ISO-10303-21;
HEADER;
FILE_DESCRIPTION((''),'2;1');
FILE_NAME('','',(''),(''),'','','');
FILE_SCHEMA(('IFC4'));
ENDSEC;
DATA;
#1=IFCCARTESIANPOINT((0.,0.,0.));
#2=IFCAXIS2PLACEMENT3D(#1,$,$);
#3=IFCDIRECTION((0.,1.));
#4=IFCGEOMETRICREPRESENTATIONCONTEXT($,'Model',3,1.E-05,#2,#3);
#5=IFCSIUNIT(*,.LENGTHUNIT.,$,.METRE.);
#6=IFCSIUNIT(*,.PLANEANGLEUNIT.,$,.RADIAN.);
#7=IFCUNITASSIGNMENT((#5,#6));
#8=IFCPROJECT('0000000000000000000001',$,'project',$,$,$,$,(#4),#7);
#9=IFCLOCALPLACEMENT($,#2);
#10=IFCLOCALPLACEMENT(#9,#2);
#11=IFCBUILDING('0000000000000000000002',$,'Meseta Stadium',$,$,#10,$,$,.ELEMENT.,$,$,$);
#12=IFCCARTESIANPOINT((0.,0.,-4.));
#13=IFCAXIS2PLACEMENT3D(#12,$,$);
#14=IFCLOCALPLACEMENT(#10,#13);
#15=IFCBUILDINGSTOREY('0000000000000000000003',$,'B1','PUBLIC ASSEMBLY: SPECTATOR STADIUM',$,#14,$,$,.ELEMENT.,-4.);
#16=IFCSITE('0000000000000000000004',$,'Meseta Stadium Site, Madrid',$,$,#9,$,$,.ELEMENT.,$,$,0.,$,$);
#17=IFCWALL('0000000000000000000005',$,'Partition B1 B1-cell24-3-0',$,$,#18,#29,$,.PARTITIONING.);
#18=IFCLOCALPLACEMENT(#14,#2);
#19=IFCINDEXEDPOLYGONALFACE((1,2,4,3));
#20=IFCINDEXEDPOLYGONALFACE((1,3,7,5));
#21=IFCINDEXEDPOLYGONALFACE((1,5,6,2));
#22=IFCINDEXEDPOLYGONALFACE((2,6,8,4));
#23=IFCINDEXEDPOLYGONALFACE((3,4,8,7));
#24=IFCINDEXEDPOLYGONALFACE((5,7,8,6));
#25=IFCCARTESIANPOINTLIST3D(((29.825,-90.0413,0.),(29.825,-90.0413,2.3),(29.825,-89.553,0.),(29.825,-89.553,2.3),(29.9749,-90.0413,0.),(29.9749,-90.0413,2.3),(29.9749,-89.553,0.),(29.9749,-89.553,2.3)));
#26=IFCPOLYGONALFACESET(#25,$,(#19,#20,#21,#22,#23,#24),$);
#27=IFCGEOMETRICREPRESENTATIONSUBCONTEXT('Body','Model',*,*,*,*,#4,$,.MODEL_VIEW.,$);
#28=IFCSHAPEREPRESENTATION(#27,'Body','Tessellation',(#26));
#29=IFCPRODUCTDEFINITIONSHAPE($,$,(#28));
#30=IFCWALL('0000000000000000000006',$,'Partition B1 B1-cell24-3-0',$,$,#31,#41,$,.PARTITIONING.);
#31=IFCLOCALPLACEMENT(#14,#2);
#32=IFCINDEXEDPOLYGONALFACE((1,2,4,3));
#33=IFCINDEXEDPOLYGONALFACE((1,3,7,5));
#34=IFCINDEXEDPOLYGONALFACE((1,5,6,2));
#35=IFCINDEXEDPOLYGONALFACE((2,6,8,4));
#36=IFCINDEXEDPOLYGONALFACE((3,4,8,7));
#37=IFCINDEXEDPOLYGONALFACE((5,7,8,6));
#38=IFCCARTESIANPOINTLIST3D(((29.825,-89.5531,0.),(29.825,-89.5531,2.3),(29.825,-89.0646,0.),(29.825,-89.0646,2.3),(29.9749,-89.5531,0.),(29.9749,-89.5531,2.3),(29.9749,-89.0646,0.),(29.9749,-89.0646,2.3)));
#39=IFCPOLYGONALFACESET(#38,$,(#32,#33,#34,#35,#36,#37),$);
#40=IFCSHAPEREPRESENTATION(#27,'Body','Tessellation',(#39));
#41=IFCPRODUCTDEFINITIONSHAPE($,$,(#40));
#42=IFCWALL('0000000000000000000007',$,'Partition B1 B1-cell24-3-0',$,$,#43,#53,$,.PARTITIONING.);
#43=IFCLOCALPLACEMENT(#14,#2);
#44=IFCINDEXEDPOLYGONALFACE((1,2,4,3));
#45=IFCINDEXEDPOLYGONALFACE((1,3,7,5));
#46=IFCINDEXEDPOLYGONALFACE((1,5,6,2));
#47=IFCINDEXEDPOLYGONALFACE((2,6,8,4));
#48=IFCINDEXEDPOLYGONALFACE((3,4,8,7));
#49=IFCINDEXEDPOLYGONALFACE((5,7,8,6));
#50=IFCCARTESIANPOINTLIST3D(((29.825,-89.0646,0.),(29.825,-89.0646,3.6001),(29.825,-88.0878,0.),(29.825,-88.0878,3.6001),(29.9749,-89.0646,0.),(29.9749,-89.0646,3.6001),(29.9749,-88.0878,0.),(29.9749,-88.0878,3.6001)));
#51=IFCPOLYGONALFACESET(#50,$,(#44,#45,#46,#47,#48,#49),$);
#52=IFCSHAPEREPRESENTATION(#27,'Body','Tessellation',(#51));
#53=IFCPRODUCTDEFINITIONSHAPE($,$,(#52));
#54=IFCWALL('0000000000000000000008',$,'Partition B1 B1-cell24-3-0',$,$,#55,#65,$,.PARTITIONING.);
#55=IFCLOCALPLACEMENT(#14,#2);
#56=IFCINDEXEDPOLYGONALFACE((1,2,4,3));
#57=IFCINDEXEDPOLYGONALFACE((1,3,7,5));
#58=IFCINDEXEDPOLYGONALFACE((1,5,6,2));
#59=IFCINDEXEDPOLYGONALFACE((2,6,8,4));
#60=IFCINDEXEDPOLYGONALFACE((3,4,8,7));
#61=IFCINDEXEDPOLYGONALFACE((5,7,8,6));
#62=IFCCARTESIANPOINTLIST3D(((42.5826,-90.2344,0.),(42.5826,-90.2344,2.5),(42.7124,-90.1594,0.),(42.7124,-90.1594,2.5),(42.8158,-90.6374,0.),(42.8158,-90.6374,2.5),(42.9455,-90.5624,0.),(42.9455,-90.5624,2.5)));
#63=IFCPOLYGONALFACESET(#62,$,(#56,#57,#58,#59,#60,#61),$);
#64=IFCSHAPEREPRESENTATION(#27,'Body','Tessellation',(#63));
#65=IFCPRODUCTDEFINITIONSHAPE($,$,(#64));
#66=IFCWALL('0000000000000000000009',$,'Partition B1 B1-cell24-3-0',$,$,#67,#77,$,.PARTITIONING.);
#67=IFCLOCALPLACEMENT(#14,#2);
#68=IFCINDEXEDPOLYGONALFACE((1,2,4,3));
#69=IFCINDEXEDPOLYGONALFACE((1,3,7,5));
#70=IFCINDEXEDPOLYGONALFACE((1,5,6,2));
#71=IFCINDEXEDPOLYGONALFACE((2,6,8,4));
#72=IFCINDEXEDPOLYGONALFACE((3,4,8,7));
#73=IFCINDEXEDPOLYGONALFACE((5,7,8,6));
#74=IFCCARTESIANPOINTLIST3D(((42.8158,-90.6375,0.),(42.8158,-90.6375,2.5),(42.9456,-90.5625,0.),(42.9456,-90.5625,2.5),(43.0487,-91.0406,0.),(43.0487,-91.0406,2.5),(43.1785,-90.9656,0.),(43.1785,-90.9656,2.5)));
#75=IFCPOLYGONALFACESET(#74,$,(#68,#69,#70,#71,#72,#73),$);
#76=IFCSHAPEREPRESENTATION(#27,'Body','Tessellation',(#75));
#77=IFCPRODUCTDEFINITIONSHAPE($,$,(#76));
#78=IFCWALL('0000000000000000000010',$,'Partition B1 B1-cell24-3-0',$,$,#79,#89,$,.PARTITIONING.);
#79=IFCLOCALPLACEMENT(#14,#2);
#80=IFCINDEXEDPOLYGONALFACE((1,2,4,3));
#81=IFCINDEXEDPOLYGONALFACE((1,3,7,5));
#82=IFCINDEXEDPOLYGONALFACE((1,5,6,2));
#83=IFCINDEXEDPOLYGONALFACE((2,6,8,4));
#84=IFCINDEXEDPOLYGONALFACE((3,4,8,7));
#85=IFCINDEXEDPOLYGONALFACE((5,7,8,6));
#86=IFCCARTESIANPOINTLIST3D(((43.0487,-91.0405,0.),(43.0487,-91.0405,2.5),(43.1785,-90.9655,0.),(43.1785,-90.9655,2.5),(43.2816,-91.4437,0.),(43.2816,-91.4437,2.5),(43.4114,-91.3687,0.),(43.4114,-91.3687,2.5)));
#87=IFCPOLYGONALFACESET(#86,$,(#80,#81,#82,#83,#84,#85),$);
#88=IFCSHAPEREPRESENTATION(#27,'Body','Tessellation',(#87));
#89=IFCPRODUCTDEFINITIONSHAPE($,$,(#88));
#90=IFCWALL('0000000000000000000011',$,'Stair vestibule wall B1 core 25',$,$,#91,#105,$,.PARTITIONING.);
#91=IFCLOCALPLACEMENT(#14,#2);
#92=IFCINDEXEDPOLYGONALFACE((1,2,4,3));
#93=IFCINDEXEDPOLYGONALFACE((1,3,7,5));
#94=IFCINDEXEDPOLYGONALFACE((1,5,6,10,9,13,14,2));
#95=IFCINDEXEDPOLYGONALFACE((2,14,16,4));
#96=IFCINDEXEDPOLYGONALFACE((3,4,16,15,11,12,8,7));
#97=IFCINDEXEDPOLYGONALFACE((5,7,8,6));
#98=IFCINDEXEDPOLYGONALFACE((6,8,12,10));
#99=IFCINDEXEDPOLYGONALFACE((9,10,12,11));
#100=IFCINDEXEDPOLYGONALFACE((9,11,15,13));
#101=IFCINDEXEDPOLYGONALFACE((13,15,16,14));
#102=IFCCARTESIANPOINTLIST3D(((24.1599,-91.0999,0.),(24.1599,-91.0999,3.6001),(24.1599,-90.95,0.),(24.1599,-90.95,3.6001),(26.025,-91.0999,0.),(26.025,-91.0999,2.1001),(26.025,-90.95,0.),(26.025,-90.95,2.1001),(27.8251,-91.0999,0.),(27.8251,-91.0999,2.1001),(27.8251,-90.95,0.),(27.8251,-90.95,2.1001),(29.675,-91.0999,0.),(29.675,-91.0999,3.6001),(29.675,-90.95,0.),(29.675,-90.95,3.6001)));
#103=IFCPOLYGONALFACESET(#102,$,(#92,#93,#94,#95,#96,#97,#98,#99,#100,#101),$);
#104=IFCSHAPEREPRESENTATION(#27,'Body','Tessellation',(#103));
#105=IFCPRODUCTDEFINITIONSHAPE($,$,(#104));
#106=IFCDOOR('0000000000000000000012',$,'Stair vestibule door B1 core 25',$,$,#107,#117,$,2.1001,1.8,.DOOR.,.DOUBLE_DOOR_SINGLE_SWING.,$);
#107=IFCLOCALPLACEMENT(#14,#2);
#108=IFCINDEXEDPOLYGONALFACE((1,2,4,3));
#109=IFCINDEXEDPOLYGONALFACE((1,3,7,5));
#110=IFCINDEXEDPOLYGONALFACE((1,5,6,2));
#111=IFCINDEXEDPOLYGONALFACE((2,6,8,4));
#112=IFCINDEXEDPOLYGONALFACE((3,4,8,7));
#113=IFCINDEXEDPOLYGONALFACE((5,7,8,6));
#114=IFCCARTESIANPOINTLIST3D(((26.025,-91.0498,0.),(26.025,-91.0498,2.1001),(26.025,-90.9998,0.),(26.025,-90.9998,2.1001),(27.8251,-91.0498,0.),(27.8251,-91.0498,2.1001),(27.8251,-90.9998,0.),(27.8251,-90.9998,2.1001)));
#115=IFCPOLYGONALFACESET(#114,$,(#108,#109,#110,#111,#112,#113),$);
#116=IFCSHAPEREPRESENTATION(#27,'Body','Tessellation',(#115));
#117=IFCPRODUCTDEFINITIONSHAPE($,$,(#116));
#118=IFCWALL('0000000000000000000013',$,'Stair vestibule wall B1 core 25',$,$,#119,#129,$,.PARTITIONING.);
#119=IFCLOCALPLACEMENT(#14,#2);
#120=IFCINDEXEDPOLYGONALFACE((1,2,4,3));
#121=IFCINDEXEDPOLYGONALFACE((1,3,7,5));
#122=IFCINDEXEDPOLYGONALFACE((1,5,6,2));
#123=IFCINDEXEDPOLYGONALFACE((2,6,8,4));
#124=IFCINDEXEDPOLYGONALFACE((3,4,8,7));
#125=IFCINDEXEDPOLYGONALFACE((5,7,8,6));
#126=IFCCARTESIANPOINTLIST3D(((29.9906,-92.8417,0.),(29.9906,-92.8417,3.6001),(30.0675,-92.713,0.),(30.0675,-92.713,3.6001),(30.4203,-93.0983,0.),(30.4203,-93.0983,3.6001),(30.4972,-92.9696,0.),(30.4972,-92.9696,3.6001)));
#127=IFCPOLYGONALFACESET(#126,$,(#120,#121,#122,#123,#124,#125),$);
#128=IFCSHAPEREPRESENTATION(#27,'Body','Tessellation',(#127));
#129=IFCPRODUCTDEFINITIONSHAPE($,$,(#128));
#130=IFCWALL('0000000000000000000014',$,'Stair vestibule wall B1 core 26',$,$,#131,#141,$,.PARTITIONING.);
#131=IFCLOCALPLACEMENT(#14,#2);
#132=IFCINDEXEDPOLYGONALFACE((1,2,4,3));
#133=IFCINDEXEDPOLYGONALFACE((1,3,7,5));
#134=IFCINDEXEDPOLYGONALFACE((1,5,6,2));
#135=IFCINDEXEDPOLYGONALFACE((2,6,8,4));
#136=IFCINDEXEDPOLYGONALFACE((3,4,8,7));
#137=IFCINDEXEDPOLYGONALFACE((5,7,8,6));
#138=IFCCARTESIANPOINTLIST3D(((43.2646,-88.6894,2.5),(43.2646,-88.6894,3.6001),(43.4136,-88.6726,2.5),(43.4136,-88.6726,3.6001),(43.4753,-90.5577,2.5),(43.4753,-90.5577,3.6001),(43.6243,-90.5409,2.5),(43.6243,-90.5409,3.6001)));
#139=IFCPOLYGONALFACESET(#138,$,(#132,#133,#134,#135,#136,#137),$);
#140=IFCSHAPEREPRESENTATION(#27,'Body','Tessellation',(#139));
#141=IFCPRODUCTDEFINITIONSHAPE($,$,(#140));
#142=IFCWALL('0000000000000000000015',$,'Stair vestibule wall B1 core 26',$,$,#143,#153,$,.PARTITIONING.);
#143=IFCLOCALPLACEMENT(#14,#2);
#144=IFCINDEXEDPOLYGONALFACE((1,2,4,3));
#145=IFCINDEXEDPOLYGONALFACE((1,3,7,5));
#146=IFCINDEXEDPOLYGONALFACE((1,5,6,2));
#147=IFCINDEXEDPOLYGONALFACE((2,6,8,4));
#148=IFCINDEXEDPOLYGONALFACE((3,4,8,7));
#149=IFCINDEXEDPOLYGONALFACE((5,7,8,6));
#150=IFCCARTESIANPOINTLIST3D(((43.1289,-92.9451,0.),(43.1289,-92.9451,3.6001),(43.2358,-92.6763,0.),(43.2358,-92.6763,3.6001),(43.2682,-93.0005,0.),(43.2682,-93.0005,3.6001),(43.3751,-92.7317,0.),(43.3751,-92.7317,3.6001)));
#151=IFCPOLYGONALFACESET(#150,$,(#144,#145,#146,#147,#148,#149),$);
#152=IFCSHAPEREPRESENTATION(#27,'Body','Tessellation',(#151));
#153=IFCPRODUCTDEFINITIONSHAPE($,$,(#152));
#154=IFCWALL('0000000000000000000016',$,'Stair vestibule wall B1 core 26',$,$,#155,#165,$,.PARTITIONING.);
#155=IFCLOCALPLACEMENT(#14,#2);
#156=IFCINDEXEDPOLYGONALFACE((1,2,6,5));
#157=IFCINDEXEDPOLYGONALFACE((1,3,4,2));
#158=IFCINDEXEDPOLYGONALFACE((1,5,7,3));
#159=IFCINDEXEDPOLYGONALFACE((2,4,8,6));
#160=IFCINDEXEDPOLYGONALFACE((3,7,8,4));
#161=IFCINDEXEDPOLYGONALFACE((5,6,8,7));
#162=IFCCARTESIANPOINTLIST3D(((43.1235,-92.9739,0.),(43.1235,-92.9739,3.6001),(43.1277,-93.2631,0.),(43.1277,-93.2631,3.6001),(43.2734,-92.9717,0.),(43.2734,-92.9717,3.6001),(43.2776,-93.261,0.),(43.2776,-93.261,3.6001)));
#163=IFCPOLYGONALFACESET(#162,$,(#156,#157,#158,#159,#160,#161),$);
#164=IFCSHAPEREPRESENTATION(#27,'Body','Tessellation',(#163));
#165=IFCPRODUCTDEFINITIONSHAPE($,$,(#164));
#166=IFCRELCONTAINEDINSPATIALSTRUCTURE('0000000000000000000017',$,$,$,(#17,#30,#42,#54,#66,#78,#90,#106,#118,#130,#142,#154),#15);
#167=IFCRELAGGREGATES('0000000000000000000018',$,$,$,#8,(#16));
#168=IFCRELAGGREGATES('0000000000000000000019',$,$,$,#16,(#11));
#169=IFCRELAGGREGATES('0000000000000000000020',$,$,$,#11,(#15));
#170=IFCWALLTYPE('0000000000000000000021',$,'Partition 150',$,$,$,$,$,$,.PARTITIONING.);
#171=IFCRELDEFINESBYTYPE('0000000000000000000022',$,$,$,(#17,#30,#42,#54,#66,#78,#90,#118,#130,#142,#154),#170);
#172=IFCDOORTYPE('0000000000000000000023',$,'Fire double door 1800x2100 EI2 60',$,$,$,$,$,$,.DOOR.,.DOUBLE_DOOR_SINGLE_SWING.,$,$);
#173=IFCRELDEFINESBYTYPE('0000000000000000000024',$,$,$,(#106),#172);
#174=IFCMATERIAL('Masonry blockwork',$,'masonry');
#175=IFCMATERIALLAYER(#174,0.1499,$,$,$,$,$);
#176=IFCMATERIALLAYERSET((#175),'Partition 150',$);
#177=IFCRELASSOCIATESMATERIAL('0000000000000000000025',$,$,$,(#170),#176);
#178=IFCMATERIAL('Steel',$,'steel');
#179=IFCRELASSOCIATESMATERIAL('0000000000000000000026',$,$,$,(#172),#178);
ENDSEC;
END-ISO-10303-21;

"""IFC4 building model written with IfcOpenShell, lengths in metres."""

from ifc_helpers import new_model, si_unit, direction, frame, frame_2d, origin, place, context, subcontext, project, spatial, rectangle, extrude, material, layer, layer_set, type_object, element, fill, save


model = new_model("IFC4")

# Units and contexts
model_context = context("Model", 3, precision=1e-05, world=origin(), true_north=direction((0.0, 1.0)))
body_context = subcontext(model_context, "Body", "Model", "MODEL_VIEW")
ifc_project = project(units=[si_unit("LENGTHUNIT", "METRE"), si_unit("PLANEANGLEUNIT", "RADIAN")], contexts=[model_context])

# Site, building, storey
site_placement = place(None, origin())
site = spatial("IfcSite", under=ifc_project, at=site_placement, Name="Meseta Stadium Site, Madrid", CompositionType="ELEMENT", RefElevation=0.0)
building_placement = place(site_placement, origin())
building = spatial("IfcBuilding", under=site, at=building_placement, Name="Meseta Stadium", CompositionType="ELEMENT")
storey_placement = place(building_placement, frame((0.0, 0.0, -4.0)))
storey = spatial("IfcBuildingStorey", under=building, at=storey_placement, Name="B1", Description="PUBLIC ASSEMBLY: SPECTATOR STADIUM", CompositionType="ELEMENT", Elevation=-4.0)

# Walls
ifc_material_1 = material(Name="Masonry blockwork", Category="masonry")
ifc_layer = layer(ifc_material_1, 0.1499)
ifc_layer_set = layer_set([ifc_layer], Name="Partition 150")
wall_type = type_object("IfcWallType", Name="Partition 150", PredefinedType="PARTITIONING", material=ifc_layer_set)
wall_1_placement = place(storey_placement, frame((29.8999, -90.0413, 0.0), z_axis=(0.0, 0.0, 1.0), x_axis=(0.0, 1.0, 0.0)))
element("IfcWall", 1, at=wall_1_placement, inside=storey, type_object=wall_type, Name="Partition B1 B1-cell24-3-0", PredefinedType="PARTITIONING", context=body_context, shape_type="SweptSolid", body=[
    extrude(rectangle(XDim=0.4883, YDim=0.1499, at=frame_2d((0.2441, 0.0))), origin(), (0.0, 0.0, 1.0), 2.3),
])
wall_2_placement = place(storey_placement, frame((29.8999, -89.553, 0.0), z_axis=(0.0, 0.0, 1.0), x_axis=(0.0, 1.0, 0.0)))
element("IfcWall", 2, at=wall_2_placement, inside=storey, type_object=wall_type, Name="Partition B1 B1-cell24-3-0", PredefinedType="PARTITIONING", context=body_context, shape_type="SweptSolid", body=[
    extrude(rectangle(XDim=0.4885, YDim=0.1499, at=frame_2d((0.2441, 0.0))), origin(), (0.0, 0.0, 1.0), 2.3),
])
wall_3_placement = place(storey_placement, frame((29.8999, -89.0645, 0.0), z_axis=(0.0, 0.0, 1.0), x_axis=(0.0, 1.0, 0.0)))
element("IfcWall", 3, at=wall_3_placement, inside=storey, type_object=wall_type, Name="Partition B1 B1-cell24-3-0", PredefinedType="PARTITIONING", context=body_context, shape_type="SweptSolid", body=[
    extrude(rectangle(XDim=0.9768, YDim=0.1499, at=frame_2d((0.4883, 0.0))), origin(), (0.0, 0.0, 1.0), 3.6001),
])
for number, where, z_axis, x_axis, name in (
    (4, (42.6475, -90.1968, 0.0), (0.0, 0.0, 1.0), (0.500706, -0.865618, 0.0), "Partition B1 B1-cell24-3-0"),
    (5, (42.8806, -90.5999, 0.0), (0.0, 0.0, 1.0), (0.500313, -0.865845, 0.0), "Partition B1 B1-cell24-3-0"),
    (6, (43.1135, -91.0029, 0.0), (0.0, 0.0, 1.0), (0.500313, -0.865845, 0.0), "Partition B1 B1-cell24-3-0"),
):
    element("IfcWall", number, at=place(storey_placement, frame(where, z_axis=z_axis, x_axis=x_axis)), inside=storey, type_object=wall_type, Name=name, PredefinedType="PARTITIONING", context=body_context, shape_type="SweptSolid", body=[
        extrude(rectangle(XDim=0.4656, YDim=0.1499, at=frame_2d((0.2329, 0.0))), origin(), (0.0, 0.0, 1.0), 2.5),
    ])

# Wall, opening, door
wall_4_placement = place(storey_placement, frame((29.675, -91.0249, 0.0), z_axis=(0.0, 0.0, 1.0), x_axis=(-1.0, 0.0, 0.0)))
wall_4 = element("IfcWall", 7, at=wall_4_placement, inside=storey, type_object=wall_type, Name="Stair vestibule wall B1 core 25", PredefinedType="PARTITIONING", context=body_context, shape_type="SweptSolid", body=[
    extrude(rectangle(XDim=5.5151, YDim=0.1499, at=frame_2d((2.7576, 0.0))), origin(), (0.0, 0.0, 1.0), 3.6001),
])
opening_placement = place(wall_4_placement, frame((1.8501, 0.0, 0.0)))
opening = element("IfcOpeningElement", 8, at=opening_placement, cuts=wall_4, PredefinedType="OPENING", context=body_context, shape_type="SweptSolid", body=[
    extrude(rectangle(XDim=1.8, YDim=2.1001, at=frame_2d((0.8999, 1.05))), frame((0.0, 0.085, 0.0), z_axis=(0.0, -1.0, 0.0), x_axis=(1.0, 0.0, 0.0)), (0.0, 0.0, 1.0), 0.1699),
])
ifc_material_2 = material(Name="Steel", Category="steel")
door_type = type_object("IfcDoorType", Name="Fire double door 1800x2100 EI2 60", OperationType="DOUBLE_DOOR_SINGLE_SWING", PredefinedType="DOOR", material=ifc_material_2)
door_placement = place(opening_placement, origin())
door = element("IfcDoor", 9, at=door_placement, inside=storey, type_object=door_type, Name="Stair vestibule door B1 core 25", OperationType="DOUBLE_DOOR_SINGLE_SWING", OverallHeight=2.1001, OverallWidth=1.8, PredefinedType="DOOR", context=body_context, shape_type="SweptSolid", body=[
    extrude(rectangle(XDim=1.8, YDim=2.1001, at=frame_2d((0.8999, 1.05))), frame((0.0, 0.0249, 0.0), z_axis=(0.0, -1.0, 0.0), x_axis=(1.0, 0.0, 0.0)), (0.0, 0.0, 1.0), 0.05),
])
fill(opening, door)

# Walls
wall_5_placement = place(storey_placement, frame((30.4587, -93.0339, 0.0), z_axis=(0.0, 0.0, 1.0), x_axis=(-0.858567, 0.512701, 0.0)))
element("IfcWall", 10, at=wall_5_placement, inside=storey, type_object=wall_type, Name="Stair vestibule wall B1 core 25", PredefinedType="PARTITIONING", context=body_context, shape_type="SweptSolid", body=[
    extrude(rectangle(XDim=0.5005, YDim=0.1499, at=frame_2d((0.2502, 0.0))), origin(), (0.0, 0.0, 1.0), 3.6001),
])
wall_6_placement = place(storey_placement, frame((43.3391, -88.6812, 2.5), z_axis=(0.0, 0.0, 1.0), x_axis=(0.11207, -0.9937, 0.0)))
element("IfcWall", 11, at=wall_6_placement, inside=storey, type_object=wall_type, Name="Stair vestibule wall B1 core 26", PredefinedType="PARTITIONING", context=body_context, shape_type="SweptSolid", body=[
    extrude(rectangle(XDim=1.8801, YDim=0.1499, at=frame_2d((0.9399, 0.0))), origin(), (0.0, 0.0, 1.0), 1.1001),
])
for number, where, z_axis, x_axis, name in (
    (12, (43.3054, -92.7041, 0.0), (0.0, 0.0, 1.0), (-0.369644, -0.929173, 0.0), "Stair vestibule wall B1 core 26"),
    (13, (43.1985, -92.9729, 0.0), (0.0, 0.0, 1.0), (0.014345, -0.999897, 0.0), "Stair vestibule wall B1 core 26"),
):
    element("IfcWall", number, at=place(storey_placement, frame(where, z_axis=z_axis, x_axis=x_axis)), inside=storey, type_object=wall_type, Name=name, PredefinedType="PARTITIONING", context=body_context, shape_type="SweptSolid", body=[
        extrude(rectangle(XDim=0.2893, YDim=0.1499, at=frame_2d((0.1445, 0.0))), origin(), (0.0, 0.0, 1.0), 3.6001),
    ])

save(model, "model.ifc")
